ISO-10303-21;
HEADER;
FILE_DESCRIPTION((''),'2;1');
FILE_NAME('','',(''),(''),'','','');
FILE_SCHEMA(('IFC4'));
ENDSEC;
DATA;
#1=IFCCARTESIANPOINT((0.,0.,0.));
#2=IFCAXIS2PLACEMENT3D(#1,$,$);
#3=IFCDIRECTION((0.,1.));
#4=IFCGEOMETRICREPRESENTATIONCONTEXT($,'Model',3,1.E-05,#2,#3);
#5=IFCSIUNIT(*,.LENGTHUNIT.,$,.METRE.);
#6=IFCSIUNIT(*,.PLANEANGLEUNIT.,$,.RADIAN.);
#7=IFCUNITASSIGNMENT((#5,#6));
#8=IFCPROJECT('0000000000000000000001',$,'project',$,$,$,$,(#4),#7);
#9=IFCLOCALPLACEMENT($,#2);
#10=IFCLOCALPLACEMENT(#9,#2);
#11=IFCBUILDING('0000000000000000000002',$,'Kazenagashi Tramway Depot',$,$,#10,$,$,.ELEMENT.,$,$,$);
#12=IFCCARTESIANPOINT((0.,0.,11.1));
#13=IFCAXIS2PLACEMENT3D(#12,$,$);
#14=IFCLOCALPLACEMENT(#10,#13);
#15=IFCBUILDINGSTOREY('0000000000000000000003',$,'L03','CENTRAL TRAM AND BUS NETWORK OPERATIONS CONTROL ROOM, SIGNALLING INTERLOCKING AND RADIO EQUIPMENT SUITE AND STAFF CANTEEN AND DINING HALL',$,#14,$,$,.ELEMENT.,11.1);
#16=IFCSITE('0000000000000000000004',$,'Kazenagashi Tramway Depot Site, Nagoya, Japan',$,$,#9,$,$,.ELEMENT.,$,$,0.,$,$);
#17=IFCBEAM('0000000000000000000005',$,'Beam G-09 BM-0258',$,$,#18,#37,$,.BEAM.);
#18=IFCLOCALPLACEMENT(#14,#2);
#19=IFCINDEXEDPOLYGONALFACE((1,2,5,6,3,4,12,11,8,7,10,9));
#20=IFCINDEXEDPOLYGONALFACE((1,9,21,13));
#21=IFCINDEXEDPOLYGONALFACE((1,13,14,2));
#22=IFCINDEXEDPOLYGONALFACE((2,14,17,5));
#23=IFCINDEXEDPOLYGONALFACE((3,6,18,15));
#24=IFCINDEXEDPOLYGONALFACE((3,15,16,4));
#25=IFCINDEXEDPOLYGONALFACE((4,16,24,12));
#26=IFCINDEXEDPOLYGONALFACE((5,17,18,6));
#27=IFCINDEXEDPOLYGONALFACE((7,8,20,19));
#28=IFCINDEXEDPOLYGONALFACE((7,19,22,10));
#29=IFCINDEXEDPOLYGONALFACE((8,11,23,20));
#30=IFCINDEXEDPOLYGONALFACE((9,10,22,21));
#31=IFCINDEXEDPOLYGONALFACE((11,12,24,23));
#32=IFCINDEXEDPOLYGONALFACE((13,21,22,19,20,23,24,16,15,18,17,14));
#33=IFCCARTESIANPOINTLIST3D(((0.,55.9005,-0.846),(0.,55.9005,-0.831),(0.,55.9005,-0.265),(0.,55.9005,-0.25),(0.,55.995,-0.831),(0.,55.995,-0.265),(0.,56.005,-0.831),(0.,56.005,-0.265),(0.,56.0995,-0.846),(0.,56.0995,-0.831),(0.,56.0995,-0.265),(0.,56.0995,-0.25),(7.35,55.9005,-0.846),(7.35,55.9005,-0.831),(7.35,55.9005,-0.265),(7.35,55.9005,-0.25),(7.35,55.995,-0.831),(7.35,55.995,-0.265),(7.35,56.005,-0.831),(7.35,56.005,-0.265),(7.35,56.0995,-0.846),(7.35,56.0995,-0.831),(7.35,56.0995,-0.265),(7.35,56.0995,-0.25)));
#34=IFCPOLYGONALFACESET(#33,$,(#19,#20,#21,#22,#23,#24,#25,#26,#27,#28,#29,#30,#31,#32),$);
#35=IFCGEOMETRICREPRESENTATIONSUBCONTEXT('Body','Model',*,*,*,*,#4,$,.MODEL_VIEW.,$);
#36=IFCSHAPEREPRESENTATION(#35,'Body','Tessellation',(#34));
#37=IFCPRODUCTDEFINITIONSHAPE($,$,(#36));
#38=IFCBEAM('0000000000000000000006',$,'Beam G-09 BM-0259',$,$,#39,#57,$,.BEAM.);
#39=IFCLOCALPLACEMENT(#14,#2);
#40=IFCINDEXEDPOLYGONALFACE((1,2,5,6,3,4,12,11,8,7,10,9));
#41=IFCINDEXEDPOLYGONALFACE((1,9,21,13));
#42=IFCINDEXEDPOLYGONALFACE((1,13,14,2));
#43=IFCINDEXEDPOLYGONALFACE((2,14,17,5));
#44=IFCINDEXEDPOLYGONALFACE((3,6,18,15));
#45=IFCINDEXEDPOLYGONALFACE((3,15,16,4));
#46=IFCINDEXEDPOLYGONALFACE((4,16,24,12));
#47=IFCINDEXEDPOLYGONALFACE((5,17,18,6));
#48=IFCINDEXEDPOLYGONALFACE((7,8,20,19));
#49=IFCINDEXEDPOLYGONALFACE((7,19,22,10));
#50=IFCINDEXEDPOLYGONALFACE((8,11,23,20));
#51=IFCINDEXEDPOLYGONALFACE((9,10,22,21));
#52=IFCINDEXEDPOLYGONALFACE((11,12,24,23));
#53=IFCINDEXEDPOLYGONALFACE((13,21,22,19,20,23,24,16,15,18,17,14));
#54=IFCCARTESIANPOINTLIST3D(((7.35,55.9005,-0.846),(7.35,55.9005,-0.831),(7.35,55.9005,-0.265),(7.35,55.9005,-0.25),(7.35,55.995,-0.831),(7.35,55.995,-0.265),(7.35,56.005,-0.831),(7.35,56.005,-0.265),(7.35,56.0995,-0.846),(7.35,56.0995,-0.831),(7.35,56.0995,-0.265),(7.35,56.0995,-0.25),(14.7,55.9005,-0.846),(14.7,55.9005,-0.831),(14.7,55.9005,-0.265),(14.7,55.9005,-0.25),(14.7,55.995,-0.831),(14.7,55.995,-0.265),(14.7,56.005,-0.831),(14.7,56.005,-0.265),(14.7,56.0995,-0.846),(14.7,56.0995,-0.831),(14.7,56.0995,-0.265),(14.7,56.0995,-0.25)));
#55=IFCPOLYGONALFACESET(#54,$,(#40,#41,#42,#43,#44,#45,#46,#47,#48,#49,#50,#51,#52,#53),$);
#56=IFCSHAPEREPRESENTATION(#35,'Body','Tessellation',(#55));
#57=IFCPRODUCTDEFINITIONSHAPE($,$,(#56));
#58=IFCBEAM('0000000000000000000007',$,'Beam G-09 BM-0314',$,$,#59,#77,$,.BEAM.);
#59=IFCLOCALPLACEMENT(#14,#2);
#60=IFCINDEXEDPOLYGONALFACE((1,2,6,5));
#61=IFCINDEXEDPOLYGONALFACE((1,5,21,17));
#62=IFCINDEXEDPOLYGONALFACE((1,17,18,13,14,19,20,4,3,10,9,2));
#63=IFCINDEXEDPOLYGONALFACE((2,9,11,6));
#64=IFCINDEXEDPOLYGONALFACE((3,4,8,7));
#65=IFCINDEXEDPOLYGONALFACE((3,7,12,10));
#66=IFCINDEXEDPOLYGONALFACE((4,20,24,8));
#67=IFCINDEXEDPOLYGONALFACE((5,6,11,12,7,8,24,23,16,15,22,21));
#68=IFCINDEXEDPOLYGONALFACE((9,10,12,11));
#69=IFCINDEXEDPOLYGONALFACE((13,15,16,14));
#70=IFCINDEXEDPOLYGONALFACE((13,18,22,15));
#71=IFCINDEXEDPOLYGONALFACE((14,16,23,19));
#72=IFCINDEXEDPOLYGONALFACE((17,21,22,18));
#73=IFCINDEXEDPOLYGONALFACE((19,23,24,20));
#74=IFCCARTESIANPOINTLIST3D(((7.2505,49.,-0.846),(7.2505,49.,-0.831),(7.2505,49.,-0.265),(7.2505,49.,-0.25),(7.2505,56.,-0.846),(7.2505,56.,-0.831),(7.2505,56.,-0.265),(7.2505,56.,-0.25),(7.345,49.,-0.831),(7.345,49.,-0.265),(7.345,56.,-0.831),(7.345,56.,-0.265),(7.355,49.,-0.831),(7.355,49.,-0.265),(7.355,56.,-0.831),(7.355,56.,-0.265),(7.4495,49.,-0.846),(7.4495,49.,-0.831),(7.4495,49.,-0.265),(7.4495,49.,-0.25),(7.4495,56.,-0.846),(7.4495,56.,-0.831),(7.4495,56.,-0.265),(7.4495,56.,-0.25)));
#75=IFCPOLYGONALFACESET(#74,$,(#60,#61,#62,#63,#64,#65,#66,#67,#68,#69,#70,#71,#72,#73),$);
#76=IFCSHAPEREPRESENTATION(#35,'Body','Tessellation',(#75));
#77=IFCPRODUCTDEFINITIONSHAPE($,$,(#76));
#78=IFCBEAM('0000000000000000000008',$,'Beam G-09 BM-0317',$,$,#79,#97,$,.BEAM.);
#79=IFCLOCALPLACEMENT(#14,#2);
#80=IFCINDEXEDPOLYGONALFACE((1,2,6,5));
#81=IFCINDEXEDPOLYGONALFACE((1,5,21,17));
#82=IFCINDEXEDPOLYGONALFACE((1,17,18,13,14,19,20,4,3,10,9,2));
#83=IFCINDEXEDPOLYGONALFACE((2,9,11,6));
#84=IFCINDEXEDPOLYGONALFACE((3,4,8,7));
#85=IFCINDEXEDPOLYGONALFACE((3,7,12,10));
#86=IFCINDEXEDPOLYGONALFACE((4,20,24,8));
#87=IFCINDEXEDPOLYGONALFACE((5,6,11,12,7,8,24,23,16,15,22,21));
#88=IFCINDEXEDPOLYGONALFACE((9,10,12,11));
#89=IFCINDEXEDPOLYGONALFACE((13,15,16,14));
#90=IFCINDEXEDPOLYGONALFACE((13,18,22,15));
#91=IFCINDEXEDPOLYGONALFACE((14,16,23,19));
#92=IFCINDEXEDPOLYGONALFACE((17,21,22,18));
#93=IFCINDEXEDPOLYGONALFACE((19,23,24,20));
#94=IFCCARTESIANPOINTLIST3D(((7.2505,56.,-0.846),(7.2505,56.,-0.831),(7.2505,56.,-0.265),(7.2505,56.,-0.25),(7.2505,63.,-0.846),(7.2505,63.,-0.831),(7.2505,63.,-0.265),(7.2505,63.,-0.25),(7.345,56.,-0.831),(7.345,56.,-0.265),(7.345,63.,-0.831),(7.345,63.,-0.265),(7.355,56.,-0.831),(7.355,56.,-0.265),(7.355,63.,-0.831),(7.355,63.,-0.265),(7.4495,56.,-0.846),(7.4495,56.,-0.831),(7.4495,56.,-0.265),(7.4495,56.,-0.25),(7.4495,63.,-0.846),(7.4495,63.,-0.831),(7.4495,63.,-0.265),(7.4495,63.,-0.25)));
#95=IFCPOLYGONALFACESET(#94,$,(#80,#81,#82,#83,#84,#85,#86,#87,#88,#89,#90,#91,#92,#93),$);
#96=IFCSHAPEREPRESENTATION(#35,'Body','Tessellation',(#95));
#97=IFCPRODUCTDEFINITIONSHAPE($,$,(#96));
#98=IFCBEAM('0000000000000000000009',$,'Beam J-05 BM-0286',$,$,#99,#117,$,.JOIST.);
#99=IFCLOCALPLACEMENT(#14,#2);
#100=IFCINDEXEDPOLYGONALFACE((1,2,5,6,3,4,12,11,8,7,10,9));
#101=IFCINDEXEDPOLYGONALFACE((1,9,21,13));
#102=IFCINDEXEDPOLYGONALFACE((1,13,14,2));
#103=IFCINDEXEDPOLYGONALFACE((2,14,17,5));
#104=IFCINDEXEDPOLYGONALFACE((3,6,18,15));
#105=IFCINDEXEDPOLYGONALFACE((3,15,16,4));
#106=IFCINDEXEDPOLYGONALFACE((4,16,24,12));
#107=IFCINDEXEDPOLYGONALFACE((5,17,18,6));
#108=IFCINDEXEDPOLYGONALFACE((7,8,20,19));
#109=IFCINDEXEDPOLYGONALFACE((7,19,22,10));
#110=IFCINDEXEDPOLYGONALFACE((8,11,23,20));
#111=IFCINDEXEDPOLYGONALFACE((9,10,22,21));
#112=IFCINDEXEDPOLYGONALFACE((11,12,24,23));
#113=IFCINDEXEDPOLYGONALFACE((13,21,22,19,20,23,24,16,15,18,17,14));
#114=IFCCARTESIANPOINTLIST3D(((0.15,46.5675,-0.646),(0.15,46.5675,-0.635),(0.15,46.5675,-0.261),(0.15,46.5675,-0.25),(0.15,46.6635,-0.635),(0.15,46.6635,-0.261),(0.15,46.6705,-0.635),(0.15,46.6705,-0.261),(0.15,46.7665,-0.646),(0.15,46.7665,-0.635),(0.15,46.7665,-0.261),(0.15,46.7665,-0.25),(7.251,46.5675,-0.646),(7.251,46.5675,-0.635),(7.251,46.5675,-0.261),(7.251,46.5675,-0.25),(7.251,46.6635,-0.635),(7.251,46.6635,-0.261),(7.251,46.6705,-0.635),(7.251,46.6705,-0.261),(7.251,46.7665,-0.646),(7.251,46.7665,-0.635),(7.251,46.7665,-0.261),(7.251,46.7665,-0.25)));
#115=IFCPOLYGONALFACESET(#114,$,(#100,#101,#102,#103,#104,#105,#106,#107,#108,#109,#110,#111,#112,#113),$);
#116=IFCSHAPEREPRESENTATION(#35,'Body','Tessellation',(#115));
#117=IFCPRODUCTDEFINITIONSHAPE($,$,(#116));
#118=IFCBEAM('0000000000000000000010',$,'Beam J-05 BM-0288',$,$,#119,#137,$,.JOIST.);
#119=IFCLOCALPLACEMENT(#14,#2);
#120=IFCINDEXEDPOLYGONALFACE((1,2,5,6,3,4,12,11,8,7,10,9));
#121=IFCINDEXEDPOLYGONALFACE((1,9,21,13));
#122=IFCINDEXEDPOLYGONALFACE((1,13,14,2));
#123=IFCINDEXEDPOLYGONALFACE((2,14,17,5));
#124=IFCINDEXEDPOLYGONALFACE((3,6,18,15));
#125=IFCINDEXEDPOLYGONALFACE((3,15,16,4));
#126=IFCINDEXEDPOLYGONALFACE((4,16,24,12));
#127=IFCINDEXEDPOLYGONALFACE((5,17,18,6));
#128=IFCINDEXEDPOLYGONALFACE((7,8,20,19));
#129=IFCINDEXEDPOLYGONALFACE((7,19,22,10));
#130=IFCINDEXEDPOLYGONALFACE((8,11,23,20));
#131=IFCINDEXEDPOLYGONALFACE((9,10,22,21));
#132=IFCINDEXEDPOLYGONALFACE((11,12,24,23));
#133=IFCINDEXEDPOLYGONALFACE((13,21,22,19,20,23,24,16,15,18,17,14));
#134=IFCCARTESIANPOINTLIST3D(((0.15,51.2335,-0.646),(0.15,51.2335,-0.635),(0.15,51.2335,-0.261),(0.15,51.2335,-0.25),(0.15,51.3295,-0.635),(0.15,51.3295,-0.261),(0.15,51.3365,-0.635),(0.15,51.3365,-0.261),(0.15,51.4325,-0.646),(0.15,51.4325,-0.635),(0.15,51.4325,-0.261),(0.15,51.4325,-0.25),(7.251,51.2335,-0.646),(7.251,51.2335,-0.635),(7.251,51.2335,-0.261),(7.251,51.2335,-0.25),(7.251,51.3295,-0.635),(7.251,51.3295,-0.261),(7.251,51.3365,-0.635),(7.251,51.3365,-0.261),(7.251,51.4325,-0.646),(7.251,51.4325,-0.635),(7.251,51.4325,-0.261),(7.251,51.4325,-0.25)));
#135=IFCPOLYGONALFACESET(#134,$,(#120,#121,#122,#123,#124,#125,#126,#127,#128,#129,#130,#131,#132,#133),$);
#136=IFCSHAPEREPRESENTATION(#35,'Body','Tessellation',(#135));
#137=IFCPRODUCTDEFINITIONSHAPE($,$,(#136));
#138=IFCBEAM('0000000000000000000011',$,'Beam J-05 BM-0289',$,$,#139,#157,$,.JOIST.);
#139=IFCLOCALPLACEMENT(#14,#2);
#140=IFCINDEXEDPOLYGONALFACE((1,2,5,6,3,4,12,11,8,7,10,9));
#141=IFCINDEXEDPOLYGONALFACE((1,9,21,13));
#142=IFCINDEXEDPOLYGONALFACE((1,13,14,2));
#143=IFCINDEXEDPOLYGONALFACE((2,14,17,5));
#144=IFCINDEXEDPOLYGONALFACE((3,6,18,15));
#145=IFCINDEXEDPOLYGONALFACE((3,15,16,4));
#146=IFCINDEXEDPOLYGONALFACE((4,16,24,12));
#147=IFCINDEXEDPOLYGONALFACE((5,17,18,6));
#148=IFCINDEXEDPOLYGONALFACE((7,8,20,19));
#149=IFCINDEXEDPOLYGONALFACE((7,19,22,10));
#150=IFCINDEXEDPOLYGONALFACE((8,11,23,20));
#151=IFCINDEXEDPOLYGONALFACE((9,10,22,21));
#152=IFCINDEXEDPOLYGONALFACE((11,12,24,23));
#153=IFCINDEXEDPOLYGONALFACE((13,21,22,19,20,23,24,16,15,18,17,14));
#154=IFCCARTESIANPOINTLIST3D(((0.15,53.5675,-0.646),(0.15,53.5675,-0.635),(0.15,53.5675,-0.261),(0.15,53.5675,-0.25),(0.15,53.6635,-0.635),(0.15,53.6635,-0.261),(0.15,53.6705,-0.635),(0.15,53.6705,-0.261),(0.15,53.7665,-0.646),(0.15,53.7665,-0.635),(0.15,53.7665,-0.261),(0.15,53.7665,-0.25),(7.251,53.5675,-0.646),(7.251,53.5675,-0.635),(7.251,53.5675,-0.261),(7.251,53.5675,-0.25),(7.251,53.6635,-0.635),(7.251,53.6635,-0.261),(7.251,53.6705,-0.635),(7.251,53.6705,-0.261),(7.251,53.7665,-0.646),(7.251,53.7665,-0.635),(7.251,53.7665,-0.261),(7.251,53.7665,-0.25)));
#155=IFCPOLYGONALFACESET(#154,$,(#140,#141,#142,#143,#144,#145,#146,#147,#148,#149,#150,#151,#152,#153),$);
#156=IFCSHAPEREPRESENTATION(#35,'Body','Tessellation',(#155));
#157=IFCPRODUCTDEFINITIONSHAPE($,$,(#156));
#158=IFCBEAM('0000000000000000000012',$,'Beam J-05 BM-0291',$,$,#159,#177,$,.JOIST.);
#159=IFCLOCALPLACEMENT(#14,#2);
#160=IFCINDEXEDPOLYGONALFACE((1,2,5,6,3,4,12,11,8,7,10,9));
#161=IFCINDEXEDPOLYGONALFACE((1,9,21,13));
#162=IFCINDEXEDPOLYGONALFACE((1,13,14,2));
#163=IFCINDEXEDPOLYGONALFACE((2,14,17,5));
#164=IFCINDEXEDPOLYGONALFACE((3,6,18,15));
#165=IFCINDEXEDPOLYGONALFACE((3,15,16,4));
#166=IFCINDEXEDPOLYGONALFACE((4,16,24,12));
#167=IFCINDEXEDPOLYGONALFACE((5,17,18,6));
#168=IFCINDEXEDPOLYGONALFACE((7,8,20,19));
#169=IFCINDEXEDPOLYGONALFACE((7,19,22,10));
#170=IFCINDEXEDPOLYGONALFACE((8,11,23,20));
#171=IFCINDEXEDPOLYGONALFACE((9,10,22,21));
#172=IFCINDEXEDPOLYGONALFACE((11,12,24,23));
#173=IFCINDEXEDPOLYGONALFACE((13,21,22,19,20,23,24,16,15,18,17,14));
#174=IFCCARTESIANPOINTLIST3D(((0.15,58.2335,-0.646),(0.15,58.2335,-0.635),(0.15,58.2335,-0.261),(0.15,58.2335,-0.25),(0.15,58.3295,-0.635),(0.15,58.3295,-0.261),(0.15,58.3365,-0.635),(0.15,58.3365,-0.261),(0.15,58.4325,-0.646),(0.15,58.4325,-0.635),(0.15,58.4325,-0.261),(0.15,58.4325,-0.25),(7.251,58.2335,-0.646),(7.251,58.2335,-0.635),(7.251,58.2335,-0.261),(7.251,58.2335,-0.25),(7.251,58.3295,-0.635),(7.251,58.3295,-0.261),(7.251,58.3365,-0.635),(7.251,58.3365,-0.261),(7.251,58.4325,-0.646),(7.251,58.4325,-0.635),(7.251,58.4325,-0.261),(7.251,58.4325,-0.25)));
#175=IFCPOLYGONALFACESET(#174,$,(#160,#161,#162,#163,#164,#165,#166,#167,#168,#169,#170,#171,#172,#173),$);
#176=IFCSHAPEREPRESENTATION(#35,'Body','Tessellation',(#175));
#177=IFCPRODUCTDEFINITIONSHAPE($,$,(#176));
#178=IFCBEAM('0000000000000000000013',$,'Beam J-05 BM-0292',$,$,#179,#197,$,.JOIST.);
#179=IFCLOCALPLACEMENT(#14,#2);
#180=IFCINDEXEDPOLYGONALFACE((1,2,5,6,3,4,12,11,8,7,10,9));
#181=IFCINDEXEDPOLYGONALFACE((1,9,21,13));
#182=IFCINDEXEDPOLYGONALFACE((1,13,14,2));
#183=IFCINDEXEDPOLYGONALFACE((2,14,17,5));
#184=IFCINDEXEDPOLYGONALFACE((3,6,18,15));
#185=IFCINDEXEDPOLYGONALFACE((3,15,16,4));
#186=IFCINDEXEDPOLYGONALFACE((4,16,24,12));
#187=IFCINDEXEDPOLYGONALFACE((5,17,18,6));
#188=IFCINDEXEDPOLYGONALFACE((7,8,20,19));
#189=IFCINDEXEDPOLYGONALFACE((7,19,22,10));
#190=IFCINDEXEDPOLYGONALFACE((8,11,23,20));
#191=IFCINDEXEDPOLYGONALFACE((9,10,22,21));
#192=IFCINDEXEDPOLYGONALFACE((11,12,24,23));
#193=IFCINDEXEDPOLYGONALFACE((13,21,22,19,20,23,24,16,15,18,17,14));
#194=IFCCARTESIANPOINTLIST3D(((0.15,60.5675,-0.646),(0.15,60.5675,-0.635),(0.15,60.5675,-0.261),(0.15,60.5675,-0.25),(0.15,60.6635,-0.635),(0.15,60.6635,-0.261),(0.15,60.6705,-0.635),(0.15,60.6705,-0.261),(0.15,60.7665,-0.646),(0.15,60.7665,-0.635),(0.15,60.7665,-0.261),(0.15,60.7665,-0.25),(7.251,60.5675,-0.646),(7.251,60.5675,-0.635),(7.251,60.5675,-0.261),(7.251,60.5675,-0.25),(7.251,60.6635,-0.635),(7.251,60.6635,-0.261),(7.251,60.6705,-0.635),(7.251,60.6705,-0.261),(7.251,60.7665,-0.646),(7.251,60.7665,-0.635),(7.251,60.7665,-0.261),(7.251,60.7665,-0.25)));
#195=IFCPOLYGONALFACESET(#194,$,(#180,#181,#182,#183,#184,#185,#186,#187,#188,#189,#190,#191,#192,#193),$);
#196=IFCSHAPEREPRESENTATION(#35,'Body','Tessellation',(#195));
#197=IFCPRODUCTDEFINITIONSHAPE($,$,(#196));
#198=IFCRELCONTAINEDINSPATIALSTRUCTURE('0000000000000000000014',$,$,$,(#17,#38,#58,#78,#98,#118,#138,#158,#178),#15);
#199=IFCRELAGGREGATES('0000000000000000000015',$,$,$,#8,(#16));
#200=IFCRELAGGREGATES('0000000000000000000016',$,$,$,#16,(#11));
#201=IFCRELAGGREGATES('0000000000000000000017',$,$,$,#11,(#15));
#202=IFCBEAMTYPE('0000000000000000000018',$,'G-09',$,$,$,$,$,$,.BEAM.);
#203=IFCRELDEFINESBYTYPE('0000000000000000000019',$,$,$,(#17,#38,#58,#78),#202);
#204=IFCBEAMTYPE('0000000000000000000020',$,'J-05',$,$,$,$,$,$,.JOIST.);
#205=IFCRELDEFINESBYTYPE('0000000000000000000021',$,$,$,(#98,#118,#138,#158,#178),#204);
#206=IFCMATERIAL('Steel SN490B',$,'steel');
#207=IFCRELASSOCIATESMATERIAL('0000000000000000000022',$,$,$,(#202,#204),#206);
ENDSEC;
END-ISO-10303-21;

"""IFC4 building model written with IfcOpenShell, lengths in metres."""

from ifc_helpers import new_model, si_unit, direction, frame, origin, origin_2d, place, context, subcontext, project, spatial, i_section, extrude, material, material_profile, profile_set, type_object, element, save


model = new_model("IFC4")

# Units and contexts
model_context = context("Model", 3, precision=1e-05, world=origin(), true_north=direction((0.0, 1.0)))
body_context = subcontext(model_context, "Body", "Model", "MODEL_VIEW")
ifc_project = project(units=[si_unit("LENGTHUNIT", "METRE"), si_unit("PLANEANGLEUNIT", "RADIAN")], contexts=[model_context])

# Site, building, storey
site_placement = place(None, origin())
site = spatial("IfcSite", under=ifc_project, at=site_placement, Name="Kazenagashi Tramway Depot Site, Nagoya, Japan", CompositionType="ELEMENT", RefElevation=0.0)
building_placement = place(site_placement, origin())
building = spatial("IfcBuilding", under=site, at=building_placement, Name="Kazenagashi Tramway Depot", CompositionType="ELEMENT")
storey_placement = place(building_placement, frame((0.0, 0.0, 11.1)))
storey = spatial("IfcBuildingStorey", under=building, at=storey_placement, Name="L03", Description="CENTRAL TRAM AND BUS NETWORK OPERATIONS CONTROL ROOM, SIGNALLING INTERLOCKING AND RADIO EQUIPMENT SUITE AND STAFF CANTEEN AND DINING HALL", CompositionType="ELEMENT", Elevation=11.1)

# Shared definitions
ifc_material_1 = material(Name="Steel SN490B", Category="steel")

# Beams
ifc_material_profile_1 = material_profile(ifc_material_1, i_section(OverallWidth=0.199, OverallDepth=0.596, WebThickness=0.01, FlangeThickness=0.015, at=origin_2d()), Name="H-596x199x10x15")
ifc_profile_set_1 = profile_set([ifc_material_profile_1], Name="Steel SN490B")
beam_type_1 = type_object("IfcBeamType", Name="G-09", PredefinedType="BEAM", material=ifc_profile_set_1)
for number, where, z_axis, x_axis, name in (
    (1, (0.0, 56.0, -0.548), (1.0, 0.0, 0.0), (0.0, 1.0, 0.0), "Beam G-09 BM-0258"),
    (2, (7.35, 56.0, -0.548), (1.0, 0.0, 0.0), (0.0, 1.0, 0.0), "Beam G-09 BM-0259"),
):
    element("IfcBeam", number, at=place(storey_placement, frame(where, z_axis=z_axis, x_axis=x_axis)), inside=storey, type_object=beam_type_1, Name=name, PredefinedType="BEAM", context=body_context, shape_type="SweptSolid", body=[
        extrude(i_section(OverallWidth=0.199, OverallDepth=0.596, WebThickness=0.01, FlangeThickness=0.015, at=origin_2d()), origin(), (0.0, 0.0, 1.0), 7.35),
    ])
for number, where, z_axis, x_axis, name in (
    (3, (7.35, 49.0, -0.548), (0.0, 1.0, 0.0), (-1.0, 0.0, 0.0), "Beam G-09 BM-0314"),
    (4, (7.35, 56.0, -0.548), (0.0, 1.0, 0.0), (-1.0, 0.0, 0.0), "Beam G-09 BM-0317"),
):
    element("IfcBeam", number, at=place(storey_placement, frame(where, z_axis=z_axis, x_axis=x_axis)), inside=storey, type_object=beam_type_1, Name=name, PredefinedType="BEAM", context=body_context, shape_type="SweptSolid", body=[
        extrude(i_section(OverallWidth=0.199, OverallDepth=0.596, WebThickness=0.01, FlangeThickness=0.015, at=origin_2d()), origin(), (0.0, 0.0, 1.0), 7.0),
    ])
ifc_material_profile_2 = material_profile(ifc_material_1, i_section(OverallWidth=0.199, OverallDepth=0.396, WebThickness=0.007, FlangeThickness=0.011, at=origin_2d()), Name="H-396x199x7x11")
ifc_profile_set_2 = profile_set([ifc_material_profile_2], Name="Steel SN490B")
beam_type_2 = type_object("IfcBeamType", Name="J-05", PredefinedType="JOIST", material=ifc_profile_set_2)
for number, where, z_axis, x_axis, name in (
    (5, (0.15, 46.667, -0.448), (1.0, 0.0, 0.0), (0.0, 1.0, 0.0), "Beam J-05 BM-0286"),
    (6, (0.15, 51.333, -0.448), (1.0, 0.0, 0.0), (0.0, 1.0, 0.0), "Beam J-05 BM-0288"),
    (7, (0.15, 53.667, -0.448), (1.0, 0.0, 0.0), (0.0, 1.0, 0.0), "Beam J-05 BM-0289"),
    (8, (0.15, 58.333, -0.448), (1.0, 0.0, 0.0), (0.0, 1.0, 0.0), "Beam J-05 BM-0291"),
    (9, (0.15, 60.667, -0.448), (1.0, 0.0, 0.0), (0.0, 1.0, 0.0), "Beam J-05 BM-0292"),
):
    element("IfcBeam", number, at=place(storey_placement, frame(where, z_axis=z_axis, x_axis=x_axis)), inside=storey, type_object=beam_type_2, Name=name, PredefinedType="JOIST", context=body_context, shape_type="SweptSolid", body=[
        extrude(i_section(OverallWidth=0.199, OverallDepth=0.396, WebThickness=0.007, FlangeThickness=0.011, at=origin_2d()), origin(), (0.0, 0.0, 1.0), 7.101),
    ])

save(model, "model.ifc")
